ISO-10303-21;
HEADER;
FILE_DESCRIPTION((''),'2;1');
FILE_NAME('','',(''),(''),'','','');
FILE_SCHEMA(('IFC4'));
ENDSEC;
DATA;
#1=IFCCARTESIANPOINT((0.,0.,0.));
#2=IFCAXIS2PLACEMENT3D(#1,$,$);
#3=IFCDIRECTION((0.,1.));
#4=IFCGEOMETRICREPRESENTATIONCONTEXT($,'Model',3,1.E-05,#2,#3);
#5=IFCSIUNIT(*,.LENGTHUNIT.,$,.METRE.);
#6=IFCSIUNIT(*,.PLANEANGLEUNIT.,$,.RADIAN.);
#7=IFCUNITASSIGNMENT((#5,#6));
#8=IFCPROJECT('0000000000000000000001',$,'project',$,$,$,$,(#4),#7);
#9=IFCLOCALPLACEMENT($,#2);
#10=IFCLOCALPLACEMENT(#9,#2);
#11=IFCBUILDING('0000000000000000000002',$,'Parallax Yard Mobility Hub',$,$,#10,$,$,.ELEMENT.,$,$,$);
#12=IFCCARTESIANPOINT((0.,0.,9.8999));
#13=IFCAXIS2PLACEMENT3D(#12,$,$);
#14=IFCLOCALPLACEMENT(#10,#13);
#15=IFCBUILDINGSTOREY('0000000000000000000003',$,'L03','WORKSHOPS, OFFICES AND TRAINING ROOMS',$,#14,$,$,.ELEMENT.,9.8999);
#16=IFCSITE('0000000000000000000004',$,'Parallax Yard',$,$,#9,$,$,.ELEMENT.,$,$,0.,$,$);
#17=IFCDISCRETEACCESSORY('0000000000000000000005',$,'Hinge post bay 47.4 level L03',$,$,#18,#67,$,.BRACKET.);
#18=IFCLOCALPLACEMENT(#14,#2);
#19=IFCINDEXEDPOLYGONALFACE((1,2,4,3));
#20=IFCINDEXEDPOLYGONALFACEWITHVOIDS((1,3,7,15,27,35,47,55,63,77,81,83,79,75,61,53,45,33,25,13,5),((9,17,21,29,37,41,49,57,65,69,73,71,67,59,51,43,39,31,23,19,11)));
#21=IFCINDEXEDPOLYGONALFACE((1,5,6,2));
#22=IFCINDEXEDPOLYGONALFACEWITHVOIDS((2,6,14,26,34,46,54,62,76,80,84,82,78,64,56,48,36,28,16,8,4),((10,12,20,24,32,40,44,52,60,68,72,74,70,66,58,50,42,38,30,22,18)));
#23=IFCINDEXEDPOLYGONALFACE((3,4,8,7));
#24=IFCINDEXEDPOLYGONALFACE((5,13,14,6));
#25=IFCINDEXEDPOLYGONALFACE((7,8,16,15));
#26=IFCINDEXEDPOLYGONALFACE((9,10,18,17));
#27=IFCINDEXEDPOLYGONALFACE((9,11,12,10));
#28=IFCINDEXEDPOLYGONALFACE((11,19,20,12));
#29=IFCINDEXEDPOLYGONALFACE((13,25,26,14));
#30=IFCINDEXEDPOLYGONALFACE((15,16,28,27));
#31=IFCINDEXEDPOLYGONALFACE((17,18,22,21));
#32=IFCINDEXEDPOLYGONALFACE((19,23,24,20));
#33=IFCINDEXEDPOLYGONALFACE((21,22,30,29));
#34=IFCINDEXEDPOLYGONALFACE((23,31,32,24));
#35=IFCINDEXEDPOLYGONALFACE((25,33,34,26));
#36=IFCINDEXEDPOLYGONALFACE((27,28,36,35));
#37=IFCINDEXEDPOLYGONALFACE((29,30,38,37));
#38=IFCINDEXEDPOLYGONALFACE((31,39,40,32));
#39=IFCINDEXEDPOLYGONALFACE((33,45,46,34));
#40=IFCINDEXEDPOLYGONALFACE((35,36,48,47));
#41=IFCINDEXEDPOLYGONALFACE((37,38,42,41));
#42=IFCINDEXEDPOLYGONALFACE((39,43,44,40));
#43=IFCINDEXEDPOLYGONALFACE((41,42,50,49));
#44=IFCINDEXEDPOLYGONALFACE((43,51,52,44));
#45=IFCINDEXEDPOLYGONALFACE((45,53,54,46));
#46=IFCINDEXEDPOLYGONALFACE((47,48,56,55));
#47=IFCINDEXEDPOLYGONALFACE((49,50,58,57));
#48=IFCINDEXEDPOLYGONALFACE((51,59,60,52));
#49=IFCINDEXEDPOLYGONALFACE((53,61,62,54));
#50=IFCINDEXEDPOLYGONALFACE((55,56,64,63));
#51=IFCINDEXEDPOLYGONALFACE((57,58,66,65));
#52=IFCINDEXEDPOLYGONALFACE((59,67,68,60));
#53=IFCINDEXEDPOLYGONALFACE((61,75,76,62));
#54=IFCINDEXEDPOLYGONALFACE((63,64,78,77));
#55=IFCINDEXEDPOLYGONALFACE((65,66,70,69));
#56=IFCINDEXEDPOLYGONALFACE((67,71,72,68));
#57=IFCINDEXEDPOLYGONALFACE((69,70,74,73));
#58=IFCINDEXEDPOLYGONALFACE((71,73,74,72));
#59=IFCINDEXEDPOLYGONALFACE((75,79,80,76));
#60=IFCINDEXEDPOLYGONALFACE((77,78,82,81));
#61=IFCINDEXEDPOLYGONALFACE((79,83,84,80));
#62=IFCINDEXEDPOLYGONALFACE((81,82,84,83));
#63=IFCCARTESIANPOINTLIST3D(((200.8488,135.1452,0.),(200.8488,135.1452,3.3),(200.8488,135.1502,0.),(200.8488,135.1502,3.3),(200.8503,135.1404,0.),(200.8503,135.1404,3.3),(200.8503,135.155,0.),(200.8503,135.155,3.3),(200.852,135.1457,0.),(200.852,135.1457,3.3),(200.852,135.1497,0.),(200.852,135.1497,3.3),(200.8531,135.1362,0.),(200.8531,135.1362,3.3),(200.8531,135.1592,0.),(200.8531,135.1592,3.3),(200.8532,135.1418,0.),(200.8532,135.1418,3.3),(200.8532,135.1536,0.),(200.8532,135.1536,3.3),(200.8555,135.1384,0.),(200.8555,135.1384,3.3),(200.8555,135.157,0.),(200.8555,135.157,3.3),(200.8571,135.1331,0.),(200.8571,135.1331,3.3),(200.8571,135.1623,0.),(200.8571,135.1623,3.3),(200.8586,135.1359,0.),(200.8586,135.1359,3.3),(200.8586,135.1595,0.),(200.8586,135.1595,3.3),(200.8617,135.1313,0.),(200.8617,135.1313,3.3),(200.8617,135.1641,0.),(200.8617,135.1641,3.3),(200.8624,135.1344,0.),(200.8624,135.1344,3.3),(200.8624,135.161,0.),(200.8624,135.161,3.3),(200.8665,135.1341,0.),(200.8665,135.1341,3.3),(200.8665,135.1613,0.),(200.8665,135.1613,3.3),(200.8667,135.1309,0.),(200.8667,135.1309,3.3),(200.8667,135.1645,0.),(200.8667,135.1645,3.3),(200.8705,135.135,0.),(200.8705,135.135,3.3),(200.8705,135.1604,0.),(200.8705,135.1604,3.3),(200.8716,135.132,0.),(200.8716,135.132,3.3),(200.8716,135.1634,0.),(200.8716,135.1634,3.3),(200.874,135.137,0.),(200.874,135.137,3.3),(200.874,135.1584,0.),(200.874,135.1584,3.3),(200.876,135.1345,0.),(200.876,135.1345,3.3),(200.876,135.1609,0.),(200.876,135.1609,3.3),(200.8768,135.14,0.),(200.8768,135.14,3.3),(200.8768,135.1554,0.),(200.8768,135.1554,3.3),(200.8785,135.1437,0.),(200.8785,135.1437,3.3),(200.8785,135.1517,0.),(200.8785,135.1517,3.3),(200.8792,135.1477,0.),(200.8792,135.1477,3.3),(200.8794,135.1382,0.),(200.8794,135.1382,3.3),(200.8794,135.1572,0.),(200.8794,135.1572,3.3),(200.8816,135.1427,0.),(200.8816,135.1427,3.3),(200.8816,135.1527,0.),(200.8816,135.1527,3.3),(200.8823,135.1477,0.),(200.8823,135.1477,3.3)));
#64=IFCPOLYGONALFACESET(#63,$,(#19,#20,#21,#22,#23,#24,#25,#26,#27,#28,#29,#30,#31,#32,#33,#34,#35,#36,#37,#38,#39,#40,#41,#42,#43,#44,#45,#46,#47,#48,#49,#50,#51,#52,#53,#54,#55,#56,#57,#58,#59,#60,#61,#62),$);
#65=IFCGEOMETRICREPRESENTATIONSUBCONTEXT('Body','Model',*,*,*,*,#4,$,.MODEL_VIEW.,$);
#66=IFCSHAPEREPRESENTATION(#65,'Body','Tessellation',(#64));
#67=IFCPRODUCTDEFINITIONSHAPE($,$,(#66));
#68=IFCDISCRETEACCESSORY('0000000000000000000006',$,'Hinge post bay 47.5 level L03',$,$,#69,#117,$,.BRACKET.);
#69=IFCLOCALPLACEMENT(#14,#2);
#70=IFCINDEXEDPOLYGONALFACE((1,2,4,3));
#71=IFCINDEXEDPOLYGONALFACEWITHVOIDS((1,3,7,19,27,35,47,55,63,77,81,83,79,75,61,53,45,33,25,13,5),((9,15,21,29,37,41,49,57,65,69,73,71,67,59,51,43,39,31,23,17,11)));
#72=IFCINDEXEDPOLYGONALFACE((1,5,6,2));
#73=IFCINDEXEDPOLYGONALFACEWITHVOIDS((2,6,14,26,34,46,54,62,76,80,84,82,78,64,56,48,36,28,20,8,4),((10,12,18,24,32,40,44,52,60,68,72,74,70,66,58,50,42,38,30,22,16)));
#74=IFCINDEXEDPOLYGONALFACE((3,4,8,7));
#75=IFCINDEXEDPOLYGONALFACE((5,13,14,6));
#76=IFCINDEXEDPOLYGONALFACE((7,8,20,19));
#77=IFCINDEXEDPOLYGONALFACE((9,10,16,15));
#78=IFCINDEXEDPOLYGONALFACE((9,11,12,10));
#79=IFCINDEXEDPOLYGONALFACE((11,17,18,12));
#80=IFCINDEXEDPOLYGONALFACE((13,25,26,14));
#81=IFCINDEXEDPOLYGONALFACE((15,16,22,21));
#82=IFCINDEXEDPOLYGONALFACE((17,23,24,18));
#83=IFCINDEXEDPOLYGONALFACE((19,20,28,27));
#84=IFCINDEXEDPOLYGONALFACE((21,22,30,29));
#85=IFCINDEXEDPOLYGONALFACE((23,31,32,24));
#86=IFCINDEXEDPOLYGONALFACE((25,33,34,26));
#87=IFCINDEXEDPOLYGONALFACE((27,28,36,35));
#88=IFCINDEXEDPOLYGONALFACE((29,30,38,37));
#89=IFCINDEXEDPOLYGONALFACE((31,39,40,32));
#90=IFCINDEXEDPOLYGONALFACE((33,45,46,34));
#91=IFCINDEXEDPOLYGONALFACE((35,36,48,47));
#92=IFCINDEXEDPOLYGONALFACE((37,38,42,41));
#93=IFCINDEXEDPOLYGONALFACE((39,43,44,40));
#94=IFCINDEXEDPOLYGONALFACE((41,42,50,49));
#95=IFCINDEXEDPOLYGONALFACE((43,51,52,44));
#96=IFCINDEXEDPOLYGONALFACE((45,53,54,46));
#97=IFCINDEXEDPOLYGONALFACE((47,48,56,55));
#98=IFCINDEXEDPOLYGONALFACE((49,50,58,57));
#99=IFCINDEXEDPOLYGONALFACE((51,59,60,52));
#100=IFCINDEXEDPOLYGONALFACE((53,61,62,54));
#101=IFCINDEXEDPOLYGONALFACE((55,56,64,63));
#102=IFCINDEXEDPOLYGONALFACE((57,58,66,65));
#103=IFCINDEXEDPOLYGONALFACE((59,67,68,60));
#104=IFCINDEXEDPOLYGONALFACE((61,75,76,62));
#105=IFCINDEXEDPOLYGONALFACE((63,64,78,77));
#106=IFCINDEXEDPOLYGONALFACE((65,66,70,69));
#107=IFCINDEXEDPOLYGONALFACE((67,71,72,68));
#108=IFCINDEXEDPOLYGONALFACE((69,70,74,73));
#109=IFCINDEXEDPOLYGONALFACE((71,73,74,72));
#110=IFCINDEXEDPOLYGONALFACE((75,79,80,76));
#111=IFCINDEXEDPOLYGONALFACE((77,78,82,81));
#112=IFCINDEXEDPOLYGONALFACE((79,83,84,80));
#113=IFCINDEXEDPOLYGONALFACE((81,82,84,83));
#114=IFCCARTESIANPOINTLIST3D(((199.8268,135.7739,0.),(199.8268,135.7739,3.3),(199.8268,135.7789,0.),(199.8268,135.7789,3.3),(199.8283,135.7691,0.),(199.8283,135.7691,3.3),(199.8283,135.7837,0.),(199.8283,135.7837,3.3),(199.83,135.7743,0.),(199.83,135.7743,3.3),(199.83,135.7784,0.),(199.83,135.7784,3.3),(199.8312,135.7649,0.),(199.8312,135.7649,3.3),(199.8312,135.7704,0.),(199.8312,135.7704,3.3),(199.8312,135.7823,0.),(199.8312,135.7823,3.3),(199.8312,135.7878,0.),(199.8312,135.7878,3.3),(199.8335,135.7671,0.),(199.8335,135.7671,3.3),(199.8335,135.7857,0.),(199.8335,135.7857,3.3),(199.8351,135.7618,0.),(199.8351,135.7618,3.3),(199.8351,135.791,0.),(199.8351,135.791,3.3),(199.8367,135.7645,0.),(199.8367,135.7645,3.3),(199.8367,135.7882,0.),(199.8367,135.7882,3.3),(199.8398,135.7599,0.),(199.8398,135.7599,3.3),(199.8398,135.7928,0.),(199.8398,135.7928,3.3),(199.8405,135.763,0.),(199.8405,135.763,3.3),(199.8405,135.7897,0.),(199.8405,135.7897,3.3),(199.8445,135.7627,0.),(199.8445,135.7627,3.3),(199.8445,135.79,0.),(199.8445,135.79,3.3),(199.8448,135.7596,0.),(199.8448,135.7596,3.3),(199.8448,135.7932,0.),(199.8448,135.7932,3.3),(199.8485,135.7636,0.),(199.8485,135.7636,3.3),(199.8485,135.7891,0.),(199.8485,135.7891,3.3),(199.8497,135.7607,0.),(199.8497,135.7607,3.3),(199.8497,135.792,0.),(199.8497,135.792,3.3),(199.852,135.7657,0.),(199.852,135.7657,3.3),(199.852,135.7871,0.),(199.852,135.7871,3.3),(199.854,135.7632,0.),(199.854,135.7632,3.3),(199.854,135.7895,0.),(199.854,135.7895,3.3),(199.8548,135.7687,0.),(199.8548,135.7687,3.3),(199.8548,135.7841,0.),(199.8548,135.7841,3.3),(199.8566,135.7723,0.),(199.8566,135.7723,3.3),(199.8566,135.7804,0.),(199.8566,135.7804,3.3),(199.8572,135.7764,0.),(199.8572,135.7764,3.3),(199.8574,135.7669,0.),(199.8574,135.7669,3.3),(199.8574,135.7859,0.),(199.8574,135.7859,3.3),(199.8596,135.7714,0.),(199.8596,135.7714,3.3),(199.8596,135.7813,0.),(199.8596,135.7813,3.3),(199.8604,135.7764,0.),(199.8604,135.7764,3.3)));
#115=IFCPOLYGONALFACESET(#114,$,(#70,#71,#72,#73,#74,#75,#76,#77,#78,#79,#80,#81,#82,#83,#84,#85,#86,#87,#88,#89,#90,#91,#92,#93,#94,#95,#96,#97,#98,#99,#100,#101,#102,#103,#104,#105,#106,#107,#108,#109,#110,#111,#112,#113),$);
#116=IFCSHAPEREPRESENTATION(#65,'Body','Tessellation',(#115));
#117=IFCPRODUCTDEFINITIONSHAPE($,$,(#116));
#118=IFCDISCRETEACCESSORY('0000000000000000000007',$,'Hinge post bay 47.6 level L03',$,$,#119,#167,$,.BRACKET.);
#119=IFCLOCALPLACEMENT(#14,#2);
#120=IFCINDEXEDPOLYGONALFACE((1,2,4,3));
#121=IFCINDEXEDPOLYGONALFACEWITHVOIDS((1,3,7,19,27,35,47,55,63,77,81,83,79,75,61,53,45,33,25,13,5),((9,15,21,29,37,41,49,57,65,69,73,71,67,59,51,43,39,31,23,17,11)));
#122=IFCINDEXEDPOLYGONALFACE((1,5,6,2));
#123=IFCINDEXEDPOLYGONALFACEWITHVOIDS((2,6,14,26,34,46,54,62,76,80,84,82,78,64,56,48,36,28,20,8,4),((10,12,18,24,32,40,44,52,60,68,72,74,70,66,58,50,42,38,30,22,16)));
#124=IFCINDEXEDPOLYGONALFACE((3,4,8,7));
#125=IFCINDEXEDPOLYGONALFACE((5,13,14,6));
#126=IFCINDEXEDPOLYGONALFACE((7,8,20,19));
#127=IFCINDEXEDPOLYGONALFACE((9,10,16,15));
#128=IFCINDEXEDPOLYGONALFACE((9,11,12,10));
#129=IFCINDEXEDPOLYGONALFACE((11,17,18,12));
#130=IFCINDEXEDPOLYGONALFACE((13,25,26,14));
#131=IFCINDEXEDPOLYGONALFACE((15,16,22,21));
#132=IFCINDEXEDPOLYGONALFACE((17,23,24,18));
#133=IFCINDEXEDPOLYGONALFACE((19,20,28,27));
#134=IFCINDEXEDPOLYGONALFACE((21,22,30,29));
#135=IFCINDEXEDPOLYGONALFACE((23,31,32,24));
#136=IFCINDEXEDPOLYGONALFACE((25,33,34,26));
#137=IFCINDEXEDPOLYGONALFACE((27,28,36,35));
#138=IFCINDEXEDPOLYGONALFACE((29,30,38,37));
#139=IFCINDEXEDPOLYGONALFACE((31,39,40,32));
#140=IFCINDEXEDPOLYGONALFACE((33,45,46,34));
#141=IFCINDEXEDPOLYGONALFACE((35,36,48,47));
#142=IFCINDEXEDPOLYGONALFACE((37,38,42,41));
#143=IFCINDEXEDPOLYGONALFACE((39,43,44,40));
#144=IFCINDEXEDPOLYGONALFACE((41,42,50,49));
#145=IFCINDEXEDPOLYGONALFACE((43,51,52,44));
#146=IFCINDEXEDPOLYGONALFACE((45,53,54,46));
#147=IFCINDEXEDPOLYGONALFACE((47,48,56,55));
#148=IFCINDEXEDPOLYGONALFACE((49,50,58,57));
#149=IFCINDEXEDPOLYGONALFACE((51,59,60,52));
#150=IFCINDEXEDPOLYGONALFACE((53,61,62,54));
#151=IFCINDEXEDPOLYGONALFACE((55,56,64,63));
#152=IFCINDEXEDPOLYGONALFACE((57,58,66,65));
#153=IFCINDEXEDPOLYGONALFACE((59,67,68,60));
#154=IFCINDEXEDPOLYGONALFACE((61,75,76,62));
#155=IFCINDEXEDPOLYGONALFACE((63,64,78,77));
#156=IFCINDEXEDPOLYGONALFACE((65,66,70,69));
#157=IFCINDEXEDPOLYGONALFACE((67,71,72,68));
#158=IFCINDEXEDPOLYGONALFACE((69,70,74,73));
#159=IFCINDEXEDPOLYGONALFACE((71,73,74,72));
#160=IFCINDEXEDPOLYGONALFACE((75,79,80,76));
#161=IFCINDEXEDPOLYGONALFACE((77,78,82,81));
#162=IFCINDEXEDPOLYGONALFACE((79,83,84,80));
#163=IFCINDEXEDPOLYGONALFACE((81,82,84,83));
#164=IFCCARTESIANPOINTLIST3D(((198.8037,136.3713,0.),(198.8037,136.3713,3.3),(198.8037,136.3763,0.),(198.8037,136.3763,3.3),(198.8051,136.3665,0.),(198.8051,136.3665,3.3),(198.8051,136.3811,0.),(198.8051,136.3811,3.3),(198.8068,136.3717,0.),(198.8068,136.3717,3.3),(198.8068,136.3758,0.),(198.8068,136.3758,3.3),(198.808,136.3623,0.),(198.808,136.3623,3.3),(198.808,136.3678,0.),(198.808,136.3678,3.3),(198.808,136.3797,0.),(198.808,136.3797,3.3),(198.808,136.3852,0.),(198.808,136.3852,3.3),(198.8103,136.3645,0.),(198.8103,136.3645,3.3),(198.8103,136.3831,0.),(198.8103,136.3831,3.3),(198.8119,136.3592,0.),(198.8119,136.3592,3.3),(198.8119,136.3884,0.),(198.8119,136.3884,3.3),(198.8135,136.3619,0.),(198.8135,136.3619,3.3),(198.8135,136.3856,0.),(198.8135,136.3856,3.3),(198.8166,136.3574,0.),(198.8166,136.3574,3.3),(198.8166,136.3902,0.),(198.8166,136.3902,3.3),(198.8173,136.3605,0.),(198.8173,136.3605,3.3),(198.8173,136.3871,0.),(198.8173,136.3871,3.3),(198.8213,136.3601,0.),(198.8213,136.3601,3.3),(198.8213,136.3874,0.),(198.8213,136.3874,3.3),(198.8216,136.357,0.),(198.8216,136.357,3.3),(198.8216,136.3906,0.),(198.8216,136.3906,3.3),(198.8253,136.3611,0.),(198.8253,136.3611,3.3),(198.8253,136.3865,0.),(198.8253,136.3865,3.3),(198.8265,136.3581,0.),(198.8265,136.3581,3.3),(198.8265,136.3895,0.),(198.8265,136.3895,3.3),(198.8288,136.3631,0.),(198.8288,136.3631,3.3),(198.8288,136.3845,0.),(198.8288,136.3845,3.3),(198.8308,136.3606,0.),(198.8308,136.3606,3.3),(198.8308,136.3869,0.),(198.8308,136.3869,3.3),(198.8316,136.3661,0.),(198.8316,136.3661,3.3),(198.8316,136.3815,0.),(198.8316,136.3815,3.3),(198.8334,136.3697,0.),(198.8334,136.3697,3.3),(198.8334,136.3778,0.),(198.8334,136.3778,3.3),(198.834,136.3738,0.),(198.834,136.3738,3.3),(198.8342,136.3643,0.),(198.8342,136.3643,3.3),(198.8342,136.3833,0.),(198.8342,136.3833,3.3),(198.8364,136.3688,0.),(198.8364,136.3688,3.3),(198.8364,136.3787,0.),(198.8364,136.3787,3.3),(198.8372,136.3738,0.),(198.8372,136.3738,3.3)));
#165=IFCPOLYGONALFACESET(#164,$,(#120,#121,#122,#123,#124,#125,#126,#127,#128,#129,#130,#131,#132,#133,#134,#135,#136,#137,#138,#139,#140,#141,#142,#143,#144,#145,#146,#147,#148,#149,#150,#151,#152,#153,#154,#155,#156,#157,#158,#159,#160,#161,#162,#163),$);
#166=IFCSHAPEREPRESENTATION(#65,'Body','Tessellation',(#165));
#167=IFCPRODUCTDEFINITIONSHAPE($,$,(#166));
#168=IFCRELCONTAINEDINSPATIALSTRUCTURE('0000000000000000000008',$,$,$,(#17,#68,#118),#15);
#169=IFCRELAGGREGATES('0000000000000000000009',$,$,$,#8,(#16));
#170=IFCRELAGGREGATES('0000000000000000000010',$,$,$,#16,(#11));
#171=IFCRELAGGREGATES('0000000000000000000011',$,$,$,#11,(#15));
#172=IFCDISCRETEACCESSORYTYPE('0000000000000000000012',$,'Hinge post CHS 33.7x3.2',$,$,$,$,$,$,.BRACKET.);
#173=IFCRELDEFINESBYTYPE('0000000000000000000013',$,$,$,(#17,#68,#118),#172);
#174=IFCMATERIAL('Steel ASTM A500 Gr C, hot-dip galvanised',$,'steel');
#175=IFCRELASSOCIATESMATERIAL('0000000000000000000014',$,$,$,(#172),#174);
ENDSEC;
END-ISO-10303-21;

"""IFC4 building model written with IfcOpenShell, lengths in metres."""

from ifc_helpers import new_model, si_unit, direction, frame, origin, origin_2d, place, context, subcontext, project, spatial, hollow_circle, extrude, material, material_profile, profile_set, type_object, element, save


model = new_model("IFC4")

# Units and contexts
model_context = context("Model", 3, precision=1e-05, world=origin(), true_north=direction((0.0, 1.0)))
body_context = subcontext(model_context, "Body", "Model", "MODEL_VIEW")
ifc_project = project(units=[si_unit("LENGTHUNIT", "METRE"), si_unit("PLANEANGLEUNIT", "RADIAN")], contexts=[model_context])

# Site, building, storey
site_placement = place(None, origin())
site = spatial("IfcSite", under=ifc_project, at=site_placement, Name="Parallax Yard", CompositionType="ELEMENT", RefElevation=0.0)
building_placement = place(site_placement, origin())
building = spatial("IfcBuilding", under=site, at=building_placement, Name="Parallax Yard Mobility Hub", CompositionType="ELEMENT")
storey_placement = place(building_placement, frame((0.0, 0.0, 9.8999)))
storey = spatial("IfcBuildingStorey", under=building, at=storey_placement, Name="L03", Description="WORKSHOPS, OFFICES AND TRAINING ROOMS", CompositionType="ELEMENT", Elevation=9.8999)

# Discrete accessories
ifc_material_1 = material(Name="Steel ASTM A500 Gr C, hot-dip galvanised", Category="steel")
ifc_material_profile = material_profile(ifc_material_1, hollow_circle(Radius=0.0168, WallThickness=0.0032, at=origin_2d()), Name="CHS 33.7x3.2")
ifc_profile_set = profile_set([ifc_material_profile], Name="Steel ASTM A500 Gr C, hot-dip galvanised")
discrete_accessory_type_1 = type_object("IfcDiscreteAccessoryType", Name="Hinge post CHS 33.7x3.2", PredefinedType="BRACKET", material=ifc_profile_set)
for number, where, z_axis, x_axis, name in (
    (1, (200.8655, 135.1477, 0.0), (0.0, 0.0, 1.0), (1.0, 0.0, 0.0), "Hinge post bay 47.4 level L03"),
    (2, (199.8435, 135.7764, 0.0), (0.0, 0.0, 1.0), (1.0, 0.0, 0.0), "Hinge post bay 47.5 level L03"),
    (3, (198.8203, 136.3738, 0.0), (0.0, 0.0, 1.0), (1.0, 0.0, 0.0), "Hinge post bay 47.6 level L03"),
):
    element("IfcDiscreteAccessory", number, at=place(storey_placement, frame(where, z_axis=z_axis, x_axis=x_axis)), inside=storey, type_object=discrete_accessory_type_1, Name=name, PredefinedType="BRACKET", context=body_context, shape_type="SweptSolid", body=[
        extrude(hollow_circle(Radius=0.0168, WallThickness=0.0032, at=origin_2d()), origin(), (0.0, 0.0, 1.0), 3.3),
    ])

save(model, "model.ifc")
